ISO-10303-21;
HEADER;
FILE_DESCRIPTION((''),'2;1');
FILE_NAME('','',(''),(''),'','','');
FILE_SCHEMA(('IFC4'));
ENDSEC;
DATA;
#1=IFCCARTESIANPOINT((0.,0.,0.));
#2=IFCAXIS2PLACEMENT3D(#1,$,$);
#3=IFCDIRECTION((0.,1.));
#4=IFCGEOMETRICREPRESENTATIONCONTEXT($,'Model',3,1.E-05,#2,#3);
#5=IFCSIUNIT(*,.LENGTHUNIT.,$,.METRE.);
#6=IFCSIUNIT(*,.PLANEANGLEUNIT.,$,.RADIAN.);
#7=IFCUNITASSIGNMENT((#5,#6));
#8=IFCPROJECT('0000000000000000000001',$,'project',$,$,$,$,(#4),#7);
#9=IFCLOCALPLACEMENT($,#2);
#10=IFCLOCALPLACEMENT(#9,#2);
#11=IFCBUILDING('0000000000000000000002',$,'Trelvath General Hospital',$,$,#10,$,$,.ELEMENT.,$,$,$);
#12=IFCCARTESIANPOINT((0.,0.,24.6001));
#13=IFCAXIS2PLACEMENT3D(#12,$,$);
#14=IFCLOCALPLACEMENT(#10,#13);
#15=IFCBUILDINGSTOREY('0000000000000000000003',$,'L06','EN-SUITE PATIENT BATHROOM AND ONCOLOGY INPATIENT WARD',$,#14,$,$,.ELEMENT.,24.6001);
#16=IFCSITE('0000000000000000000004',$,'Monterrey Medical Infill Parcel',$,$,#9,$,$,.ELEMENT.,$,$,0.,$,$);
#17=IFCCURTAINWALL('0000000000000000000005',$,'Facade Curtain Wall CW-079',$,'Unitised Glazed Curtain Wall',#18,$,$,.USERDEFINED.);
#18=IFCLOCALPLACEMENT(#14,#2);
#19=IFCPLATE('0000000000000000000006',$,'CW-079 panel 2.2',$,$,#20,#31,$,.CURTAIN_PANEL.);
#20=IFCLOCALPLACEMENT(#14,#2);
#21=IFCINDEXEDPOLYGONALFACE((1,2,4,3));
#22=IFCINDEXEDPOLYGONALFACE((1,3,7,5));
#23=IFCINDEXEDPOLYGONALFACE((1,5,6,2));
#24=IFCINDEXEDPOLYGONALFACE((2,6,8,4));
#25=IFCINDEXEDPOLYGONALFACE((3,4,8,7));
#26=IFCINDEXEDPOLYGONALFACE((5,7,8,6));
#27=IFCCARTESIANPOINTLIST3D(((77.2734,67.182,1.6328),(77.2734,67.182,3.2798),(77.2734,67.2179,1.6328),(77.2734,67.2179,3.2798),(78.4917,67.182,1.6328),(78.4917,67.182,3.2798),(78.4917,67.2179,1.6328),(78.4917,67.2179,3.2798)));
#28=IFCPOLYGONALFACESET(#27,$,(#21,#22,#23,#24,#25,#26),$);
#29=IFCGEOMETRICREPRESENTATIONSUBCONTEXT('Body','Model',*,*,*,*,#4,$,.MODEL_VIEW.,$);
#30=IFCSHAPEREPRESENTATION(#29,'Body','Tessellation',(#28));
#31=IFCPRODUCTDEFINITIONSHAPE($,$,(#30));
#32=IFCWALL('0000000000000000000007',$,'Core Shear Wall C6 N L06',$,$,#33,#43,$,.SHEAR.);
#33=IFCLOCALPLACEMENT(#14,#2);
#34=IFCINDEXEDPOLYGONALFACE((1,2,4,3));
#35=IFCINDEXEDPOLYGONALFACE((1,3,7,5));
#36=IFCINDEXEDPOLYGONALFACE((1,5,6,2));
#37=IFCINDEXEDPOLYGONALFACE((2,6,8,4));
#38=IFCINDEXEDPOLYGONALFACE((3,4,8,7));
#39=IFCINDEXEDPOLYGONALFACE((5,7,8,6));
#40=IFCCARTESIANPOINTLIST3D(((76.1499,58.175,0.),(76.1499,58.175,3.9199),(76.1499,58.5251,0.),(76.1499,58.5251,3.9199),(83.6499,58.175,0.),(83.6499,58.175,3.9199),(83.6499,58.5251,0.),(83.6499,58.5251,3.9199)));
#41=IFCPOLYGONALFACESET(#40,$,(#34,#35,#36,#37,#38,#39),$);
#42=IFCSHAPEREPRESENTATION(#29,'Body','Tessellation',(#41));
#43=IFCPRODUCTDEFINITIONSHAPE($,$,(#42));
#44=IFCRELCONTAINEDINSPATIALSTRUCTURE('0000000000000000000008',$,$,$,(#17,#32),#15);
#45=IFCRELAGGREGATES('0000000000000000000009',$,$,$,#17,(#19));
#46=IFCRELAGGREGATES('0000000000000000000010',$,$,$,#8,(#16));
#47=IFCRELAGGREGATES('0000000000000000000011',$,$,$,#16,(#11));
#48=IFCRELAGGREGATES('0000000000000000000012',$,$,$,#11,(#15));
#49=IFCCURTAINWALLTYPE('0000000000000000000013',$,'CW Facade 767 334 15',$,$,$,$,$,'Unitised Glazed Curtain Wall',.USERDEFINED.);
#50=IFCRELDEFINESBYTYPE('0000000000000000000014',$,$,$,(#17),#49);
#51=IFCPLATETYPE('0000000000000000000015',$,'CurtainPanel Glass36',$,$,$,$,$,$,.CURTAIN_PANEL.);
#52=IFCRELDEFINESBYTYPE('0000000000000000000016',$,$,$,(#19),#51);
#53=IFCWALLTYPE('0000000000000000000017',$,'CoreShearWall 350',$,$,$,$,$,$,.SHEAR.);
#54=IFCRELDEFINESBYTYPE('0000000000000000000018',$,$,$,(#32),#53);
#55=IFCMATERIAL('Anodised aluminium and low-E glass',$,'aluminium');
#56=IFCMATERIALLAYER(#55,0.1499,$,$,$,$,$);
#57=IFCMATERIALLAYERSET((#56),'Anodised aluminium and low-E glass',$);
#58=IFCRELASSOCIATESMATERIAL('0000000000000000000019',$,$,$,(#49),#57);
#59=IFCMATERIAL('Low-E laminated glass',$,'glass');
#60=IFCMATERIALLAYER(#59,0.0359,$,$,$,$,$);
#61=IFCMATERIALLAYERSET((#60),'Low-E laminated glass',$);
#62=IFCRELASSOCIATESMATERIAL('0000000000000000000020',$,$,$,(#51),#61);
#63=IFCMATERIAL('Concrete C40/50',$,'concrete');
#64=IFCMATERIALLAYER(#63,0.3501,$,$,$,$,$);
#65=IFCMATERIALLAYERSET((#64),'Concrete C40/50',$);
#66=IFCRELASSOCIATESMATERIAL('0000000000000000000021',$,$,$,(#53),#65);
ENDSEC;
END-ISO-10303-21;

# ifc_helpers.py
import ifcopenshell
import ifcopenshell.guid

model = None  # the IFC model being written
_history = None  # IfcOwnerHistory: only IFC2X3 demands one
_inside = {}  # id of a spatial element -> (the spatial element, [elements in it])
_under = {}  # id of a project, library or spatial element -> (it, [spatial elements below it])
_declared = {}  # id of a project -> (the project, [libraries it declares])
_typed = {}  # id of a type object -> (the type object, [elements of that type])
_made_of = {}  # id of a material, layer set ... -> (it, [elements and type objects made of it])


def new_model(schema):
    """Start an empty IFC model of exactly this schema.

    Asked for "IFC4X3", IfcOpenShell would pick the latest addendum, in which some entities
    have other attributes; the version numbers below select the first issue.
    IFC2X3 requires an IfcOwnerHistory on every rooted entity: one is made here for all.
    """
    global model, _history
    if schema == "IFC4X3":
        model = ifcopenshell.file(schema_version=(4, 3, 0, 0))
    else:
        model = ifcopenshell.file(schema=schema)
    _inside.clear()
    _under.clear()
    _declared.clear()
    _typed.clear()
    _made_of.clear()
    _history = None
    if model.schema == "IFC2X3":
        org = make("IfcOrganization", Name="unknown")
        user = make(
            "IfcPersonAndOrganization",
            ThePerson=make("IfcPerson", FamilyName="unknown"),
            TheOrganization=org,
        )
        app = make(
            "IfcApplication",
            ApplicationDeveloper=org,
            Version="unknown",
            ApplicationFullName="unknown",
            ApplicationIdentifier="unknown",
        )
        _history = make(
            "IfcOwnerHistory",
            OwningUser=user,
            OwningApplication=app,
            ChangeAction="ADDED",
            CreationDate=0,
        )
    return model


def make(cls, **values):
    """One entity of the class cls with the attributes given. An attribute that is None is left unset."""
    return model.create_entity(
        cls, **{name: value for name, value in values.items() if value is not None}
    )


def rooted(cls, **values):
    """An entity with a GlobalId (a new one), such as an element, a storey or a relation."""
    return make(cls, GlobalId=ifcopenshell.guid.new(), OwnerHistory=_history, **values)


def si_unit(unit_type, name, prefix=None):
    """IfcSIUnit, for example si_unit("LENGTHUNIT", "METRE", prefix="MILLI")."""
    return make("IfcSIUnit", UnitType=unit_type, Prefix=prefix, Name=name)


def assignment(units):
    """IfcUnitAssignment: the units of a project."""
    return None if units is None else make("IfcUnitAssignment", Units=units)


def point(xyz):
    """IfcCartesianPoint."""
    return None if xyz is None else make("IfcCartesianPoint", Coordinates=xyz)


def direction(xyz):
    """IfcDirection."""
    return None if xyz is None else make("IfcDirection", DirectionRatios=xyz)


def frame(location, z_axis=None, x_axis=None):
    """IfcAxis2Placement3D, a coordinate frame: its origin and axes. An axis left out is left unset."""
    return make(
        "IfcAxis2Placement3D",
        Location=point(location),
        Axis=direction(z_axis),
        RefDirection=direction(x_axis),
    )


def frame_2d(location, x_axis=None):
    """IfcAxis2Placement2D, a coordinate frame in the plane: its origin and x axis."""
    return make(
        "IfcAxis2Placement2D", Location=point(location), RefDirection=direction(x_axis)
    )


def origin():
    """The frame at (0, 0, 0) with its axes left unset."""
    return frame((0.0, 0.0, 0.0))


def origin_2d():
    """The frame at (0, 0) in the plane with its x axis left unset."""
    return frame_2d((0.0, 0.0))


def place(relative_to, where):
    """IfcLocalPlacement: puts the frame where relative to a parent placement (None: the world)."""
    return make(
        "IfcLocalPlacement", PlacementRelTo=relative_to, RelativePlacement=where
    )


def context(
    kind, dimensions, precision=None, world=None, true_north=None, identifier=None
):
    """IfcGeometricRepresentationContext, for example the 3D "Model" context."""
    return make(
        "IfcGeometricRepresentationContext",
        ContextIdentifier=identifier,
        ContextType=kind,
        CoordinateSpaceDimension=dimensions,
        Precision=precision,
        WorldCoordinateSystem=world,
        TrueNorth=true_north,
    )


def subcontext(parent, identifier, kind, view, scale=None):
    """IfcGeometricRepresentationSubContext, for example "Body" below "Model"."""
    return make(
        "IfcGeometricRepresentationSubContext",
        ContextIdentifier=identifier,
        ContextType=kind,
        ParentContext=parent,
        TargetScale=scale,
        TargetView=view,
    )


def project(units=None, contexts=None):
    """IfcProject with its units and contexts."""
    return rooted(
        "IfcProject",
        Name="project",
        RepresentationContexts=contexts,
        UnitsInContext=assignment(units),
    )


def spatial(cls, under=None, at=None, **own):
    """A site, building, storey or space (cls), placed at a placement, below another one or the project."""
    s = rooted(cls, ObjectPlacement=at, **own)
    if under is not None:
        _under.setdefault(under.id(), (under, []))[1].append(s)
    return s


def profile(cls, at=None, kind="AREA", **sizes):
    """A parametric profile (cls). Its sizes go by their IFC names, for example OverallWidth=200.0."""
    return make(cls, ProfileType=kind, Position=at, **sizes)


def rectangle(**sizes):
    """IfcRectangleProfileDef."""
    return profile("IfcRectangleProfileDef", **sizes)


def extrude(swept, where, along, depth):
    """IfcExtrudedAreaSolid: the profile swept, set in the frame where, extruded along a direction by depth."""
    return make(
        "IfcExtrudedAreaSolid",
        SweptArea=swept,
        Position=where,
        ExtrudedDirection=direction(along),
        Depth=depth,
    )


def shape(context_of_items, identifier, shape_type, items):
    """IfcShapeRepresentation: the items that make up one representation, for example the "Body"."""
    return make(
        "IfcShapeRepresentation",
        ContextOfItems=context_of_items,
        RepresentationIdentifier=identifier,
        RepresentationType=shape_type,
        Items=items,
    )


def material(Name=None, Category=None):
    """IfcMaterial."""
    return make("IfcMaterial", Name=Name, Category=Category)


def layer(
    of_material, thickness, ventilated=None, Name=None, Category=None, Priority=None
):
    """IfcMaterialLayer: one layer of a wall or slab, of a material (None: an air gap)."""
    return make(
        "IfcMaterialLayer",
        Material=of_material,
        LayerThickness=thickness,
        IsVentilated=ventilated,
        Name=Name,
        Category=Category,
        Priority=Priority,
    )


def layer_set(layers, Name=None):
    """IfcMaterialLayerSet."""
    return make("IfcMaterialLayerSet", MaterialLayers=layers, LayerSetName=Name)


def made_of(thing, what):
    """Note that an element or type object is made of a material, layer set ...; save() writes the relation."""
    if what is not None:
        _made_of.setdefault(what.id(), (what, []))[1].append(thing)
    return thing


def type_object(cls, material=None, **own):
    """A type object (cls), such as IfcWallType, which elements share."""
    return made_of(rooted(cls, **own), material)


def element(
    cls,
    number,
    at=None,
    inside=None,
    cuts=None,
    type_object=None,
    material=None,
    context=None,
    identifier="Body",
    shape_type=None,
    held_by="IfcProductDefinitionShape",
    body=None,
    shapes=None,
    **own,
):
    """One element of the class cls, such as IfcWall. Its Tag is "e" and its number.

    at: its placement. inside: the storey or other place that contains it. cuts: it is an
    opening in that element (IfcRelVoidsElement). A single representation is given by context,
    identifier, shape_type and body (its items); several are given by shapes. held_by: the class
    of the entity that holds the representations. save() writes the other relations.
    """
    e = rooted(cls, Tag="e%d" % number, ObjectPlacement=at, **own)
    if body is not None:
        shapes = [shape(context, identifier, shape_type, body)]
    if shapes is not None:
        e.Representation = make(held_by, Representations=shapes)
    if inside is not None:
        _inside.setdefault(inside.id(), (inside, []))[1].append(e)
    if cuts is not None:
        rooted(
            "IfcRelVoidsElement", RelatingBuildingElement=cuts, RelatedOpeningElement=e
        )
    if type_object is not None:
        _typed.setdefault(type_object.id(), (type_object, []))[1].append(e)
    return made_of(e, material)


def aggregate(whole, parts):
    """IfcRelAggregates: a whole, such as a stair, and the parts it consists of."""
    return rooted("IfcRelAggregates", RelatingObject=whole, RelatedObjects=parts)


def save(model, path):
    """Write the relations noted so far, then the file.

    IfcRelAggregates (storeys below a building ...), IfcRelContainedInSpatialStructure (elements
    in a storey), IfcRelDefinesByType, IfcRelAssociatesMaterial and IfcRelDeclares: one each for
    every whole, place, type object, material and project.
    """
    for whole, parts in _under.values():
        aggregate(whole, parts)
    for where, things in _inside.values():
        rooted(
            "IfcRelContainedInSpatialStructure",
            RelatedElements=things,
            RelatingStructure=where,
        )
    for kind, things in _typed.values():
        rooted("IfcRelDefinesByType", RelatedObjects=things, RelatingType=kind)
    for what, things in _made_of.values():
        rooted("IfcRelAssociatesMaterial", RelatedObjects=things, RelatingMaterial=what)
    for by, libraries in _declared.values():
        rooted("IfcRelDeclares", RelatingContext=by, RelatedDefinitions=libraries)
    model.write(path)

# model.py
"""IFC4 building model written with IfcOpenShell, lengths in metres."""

from ifc_helpers import new_model, si_unit, direction, frame, frame_2d, origin, origin_2d, place, context, subcontext, project, spatial, rectangle, extrude, material, layer, layer_set, type_object, element, aggregate, save


model = new_model("IFC4")

# Units and contexts
model_context = context("Model", 3, precision=1e-05, world=origin(), true_north=direction((0.0, 1.0)))
body_context = subcontext(model_context, "Body", "Model", "MODEL_VIEW")
ifc_project = project(units=[si_unit("LENGTHUNIT", "METRE"), si_unit("PLANEANGLEUNIT", "RADIAN")], contexts=[model_context])

# Site, building, storey
site_placement = place(None, origin())
site = spatial("IfcSite", under=ifc_project, at=site_placement, Name="Monterrey Medical Infill Parcel", CompositionType="ELEMENT", RefElevation=0.0)
building_placement = place(site_placement, origin())
building = spatial("IfcBuilding", under=site, at=building_placement, Name="Trelvath General Hospital", CompositionType="ELEMENT")
storey_placement = place(building_placement, frame((0.0, 0.0, 24.6001)))
storey = spatial("IfcBuildingStorey", under=building, at=storey_placement, Name="L06", Description="EN-SUITE PATIENT BATHROOM AND ONCOLOGY INPATIENT WARD", CompositionType="ELEMENT", Elevation=24.6001)

# Curtain wall
ifc_material_1 = material(Name="Anodised aluminium and low-E glass", Category="aluminium")
ifc_layer_1 = layer(ifc_material_1, 0.1499)
ifc_layer_set_1 = layer_set([ifc_layer_1], Name="Anodised aluminium and low-E glass")
curtain_wall_type = type_object("IfcCurtainWallType", Name="CW Facade 767 334 15", ElementType="Unitised Glazed Curtain Wall", PredefinedType="USERDEFINED", material=ifc_layer_set_1)
curtain_wall_placement = place(storey_placement, origin())
curtain_wall = element("IfcCurtainWall", 1, at=curtain_wall_placement, inside=storey, type_object=curtain_wall_type, Name="Facade Curtain Wall CW-079", ObjectType="Unitised Glazed Curtain Wall", PredefinedType="USERDEFINED")

# Plate
ifc_material_2 = material(Name="Low-E laminated glass", Category="glass")
ifc_layer_2 = layer(ifc_material_2, 0.0359)
ifc_layer_set_2 = layer_set([ifc_layer_2], Name="Low-E laminated glass")
plate_type = type_object("IfcPlateType", Name="CurtainPanel Glass36", PredefinedType="CURTAIN_PANEL", material=ifc_layer_set_2)
plate_1_placement = place(storey_placement, frame((77.8826, 67.2, 1.6328), z_axis=(0.0, 0.0, 1.0), x_axis=(1.0, 0.0, 0.0)))
plate_1 = element("IfcPlate", 2, at=plate_1_placement, type_object=plate_type, Name="CW-079 panel 2.2", PredefinedType="CURTAIN_PANEL", context=body_context, shape_type="SweptSolid", body=[
    extrude(rectangle(XDim=1.2183, YDim=0.0359, at=origin_2d()), origin(), (0.0, 0.0, 1.0), 1.647),
])
aggregate(curtain_wall, [plate_1])

# Wall
ifc_material_3 = material(Name="Concrete C40/50", Category="concrete")
ifc_layer_3 = layer(ifc_material_3, 0.3501)
ifc_layer_set_3 = layer_set([ifc_layer_3], Name="Concrete C40/50")
wall_type_1 = type_object("IfcWallType", Name="CoreShearWall 350", PredefinedType="SHEAR", material=ifc_layer_set_3)
wall_1_placement = place(storey_placement, frame((76.1499, 58.3501, 0.0), z_axis=(0.0, 0.0, 1.0), x_axis=(1.0, 0.0, 0.0)))
element("IfcWall", 3, at=wall_1_placement, inside=storey, type_object=wall_type_1, Name="Core Shear Wall C6 N L06", PredefinedType="SHEAR", context=body_context, shape_type="SweptSolid", body=[
    extrude(rectangle(XDim=7.5, YDim=0.3501, at=frame_2d((3.75, 0.0))), origin(), (0.0, 0.0, 1.0), 3.9199),
])

save(model, "model.ifc")
